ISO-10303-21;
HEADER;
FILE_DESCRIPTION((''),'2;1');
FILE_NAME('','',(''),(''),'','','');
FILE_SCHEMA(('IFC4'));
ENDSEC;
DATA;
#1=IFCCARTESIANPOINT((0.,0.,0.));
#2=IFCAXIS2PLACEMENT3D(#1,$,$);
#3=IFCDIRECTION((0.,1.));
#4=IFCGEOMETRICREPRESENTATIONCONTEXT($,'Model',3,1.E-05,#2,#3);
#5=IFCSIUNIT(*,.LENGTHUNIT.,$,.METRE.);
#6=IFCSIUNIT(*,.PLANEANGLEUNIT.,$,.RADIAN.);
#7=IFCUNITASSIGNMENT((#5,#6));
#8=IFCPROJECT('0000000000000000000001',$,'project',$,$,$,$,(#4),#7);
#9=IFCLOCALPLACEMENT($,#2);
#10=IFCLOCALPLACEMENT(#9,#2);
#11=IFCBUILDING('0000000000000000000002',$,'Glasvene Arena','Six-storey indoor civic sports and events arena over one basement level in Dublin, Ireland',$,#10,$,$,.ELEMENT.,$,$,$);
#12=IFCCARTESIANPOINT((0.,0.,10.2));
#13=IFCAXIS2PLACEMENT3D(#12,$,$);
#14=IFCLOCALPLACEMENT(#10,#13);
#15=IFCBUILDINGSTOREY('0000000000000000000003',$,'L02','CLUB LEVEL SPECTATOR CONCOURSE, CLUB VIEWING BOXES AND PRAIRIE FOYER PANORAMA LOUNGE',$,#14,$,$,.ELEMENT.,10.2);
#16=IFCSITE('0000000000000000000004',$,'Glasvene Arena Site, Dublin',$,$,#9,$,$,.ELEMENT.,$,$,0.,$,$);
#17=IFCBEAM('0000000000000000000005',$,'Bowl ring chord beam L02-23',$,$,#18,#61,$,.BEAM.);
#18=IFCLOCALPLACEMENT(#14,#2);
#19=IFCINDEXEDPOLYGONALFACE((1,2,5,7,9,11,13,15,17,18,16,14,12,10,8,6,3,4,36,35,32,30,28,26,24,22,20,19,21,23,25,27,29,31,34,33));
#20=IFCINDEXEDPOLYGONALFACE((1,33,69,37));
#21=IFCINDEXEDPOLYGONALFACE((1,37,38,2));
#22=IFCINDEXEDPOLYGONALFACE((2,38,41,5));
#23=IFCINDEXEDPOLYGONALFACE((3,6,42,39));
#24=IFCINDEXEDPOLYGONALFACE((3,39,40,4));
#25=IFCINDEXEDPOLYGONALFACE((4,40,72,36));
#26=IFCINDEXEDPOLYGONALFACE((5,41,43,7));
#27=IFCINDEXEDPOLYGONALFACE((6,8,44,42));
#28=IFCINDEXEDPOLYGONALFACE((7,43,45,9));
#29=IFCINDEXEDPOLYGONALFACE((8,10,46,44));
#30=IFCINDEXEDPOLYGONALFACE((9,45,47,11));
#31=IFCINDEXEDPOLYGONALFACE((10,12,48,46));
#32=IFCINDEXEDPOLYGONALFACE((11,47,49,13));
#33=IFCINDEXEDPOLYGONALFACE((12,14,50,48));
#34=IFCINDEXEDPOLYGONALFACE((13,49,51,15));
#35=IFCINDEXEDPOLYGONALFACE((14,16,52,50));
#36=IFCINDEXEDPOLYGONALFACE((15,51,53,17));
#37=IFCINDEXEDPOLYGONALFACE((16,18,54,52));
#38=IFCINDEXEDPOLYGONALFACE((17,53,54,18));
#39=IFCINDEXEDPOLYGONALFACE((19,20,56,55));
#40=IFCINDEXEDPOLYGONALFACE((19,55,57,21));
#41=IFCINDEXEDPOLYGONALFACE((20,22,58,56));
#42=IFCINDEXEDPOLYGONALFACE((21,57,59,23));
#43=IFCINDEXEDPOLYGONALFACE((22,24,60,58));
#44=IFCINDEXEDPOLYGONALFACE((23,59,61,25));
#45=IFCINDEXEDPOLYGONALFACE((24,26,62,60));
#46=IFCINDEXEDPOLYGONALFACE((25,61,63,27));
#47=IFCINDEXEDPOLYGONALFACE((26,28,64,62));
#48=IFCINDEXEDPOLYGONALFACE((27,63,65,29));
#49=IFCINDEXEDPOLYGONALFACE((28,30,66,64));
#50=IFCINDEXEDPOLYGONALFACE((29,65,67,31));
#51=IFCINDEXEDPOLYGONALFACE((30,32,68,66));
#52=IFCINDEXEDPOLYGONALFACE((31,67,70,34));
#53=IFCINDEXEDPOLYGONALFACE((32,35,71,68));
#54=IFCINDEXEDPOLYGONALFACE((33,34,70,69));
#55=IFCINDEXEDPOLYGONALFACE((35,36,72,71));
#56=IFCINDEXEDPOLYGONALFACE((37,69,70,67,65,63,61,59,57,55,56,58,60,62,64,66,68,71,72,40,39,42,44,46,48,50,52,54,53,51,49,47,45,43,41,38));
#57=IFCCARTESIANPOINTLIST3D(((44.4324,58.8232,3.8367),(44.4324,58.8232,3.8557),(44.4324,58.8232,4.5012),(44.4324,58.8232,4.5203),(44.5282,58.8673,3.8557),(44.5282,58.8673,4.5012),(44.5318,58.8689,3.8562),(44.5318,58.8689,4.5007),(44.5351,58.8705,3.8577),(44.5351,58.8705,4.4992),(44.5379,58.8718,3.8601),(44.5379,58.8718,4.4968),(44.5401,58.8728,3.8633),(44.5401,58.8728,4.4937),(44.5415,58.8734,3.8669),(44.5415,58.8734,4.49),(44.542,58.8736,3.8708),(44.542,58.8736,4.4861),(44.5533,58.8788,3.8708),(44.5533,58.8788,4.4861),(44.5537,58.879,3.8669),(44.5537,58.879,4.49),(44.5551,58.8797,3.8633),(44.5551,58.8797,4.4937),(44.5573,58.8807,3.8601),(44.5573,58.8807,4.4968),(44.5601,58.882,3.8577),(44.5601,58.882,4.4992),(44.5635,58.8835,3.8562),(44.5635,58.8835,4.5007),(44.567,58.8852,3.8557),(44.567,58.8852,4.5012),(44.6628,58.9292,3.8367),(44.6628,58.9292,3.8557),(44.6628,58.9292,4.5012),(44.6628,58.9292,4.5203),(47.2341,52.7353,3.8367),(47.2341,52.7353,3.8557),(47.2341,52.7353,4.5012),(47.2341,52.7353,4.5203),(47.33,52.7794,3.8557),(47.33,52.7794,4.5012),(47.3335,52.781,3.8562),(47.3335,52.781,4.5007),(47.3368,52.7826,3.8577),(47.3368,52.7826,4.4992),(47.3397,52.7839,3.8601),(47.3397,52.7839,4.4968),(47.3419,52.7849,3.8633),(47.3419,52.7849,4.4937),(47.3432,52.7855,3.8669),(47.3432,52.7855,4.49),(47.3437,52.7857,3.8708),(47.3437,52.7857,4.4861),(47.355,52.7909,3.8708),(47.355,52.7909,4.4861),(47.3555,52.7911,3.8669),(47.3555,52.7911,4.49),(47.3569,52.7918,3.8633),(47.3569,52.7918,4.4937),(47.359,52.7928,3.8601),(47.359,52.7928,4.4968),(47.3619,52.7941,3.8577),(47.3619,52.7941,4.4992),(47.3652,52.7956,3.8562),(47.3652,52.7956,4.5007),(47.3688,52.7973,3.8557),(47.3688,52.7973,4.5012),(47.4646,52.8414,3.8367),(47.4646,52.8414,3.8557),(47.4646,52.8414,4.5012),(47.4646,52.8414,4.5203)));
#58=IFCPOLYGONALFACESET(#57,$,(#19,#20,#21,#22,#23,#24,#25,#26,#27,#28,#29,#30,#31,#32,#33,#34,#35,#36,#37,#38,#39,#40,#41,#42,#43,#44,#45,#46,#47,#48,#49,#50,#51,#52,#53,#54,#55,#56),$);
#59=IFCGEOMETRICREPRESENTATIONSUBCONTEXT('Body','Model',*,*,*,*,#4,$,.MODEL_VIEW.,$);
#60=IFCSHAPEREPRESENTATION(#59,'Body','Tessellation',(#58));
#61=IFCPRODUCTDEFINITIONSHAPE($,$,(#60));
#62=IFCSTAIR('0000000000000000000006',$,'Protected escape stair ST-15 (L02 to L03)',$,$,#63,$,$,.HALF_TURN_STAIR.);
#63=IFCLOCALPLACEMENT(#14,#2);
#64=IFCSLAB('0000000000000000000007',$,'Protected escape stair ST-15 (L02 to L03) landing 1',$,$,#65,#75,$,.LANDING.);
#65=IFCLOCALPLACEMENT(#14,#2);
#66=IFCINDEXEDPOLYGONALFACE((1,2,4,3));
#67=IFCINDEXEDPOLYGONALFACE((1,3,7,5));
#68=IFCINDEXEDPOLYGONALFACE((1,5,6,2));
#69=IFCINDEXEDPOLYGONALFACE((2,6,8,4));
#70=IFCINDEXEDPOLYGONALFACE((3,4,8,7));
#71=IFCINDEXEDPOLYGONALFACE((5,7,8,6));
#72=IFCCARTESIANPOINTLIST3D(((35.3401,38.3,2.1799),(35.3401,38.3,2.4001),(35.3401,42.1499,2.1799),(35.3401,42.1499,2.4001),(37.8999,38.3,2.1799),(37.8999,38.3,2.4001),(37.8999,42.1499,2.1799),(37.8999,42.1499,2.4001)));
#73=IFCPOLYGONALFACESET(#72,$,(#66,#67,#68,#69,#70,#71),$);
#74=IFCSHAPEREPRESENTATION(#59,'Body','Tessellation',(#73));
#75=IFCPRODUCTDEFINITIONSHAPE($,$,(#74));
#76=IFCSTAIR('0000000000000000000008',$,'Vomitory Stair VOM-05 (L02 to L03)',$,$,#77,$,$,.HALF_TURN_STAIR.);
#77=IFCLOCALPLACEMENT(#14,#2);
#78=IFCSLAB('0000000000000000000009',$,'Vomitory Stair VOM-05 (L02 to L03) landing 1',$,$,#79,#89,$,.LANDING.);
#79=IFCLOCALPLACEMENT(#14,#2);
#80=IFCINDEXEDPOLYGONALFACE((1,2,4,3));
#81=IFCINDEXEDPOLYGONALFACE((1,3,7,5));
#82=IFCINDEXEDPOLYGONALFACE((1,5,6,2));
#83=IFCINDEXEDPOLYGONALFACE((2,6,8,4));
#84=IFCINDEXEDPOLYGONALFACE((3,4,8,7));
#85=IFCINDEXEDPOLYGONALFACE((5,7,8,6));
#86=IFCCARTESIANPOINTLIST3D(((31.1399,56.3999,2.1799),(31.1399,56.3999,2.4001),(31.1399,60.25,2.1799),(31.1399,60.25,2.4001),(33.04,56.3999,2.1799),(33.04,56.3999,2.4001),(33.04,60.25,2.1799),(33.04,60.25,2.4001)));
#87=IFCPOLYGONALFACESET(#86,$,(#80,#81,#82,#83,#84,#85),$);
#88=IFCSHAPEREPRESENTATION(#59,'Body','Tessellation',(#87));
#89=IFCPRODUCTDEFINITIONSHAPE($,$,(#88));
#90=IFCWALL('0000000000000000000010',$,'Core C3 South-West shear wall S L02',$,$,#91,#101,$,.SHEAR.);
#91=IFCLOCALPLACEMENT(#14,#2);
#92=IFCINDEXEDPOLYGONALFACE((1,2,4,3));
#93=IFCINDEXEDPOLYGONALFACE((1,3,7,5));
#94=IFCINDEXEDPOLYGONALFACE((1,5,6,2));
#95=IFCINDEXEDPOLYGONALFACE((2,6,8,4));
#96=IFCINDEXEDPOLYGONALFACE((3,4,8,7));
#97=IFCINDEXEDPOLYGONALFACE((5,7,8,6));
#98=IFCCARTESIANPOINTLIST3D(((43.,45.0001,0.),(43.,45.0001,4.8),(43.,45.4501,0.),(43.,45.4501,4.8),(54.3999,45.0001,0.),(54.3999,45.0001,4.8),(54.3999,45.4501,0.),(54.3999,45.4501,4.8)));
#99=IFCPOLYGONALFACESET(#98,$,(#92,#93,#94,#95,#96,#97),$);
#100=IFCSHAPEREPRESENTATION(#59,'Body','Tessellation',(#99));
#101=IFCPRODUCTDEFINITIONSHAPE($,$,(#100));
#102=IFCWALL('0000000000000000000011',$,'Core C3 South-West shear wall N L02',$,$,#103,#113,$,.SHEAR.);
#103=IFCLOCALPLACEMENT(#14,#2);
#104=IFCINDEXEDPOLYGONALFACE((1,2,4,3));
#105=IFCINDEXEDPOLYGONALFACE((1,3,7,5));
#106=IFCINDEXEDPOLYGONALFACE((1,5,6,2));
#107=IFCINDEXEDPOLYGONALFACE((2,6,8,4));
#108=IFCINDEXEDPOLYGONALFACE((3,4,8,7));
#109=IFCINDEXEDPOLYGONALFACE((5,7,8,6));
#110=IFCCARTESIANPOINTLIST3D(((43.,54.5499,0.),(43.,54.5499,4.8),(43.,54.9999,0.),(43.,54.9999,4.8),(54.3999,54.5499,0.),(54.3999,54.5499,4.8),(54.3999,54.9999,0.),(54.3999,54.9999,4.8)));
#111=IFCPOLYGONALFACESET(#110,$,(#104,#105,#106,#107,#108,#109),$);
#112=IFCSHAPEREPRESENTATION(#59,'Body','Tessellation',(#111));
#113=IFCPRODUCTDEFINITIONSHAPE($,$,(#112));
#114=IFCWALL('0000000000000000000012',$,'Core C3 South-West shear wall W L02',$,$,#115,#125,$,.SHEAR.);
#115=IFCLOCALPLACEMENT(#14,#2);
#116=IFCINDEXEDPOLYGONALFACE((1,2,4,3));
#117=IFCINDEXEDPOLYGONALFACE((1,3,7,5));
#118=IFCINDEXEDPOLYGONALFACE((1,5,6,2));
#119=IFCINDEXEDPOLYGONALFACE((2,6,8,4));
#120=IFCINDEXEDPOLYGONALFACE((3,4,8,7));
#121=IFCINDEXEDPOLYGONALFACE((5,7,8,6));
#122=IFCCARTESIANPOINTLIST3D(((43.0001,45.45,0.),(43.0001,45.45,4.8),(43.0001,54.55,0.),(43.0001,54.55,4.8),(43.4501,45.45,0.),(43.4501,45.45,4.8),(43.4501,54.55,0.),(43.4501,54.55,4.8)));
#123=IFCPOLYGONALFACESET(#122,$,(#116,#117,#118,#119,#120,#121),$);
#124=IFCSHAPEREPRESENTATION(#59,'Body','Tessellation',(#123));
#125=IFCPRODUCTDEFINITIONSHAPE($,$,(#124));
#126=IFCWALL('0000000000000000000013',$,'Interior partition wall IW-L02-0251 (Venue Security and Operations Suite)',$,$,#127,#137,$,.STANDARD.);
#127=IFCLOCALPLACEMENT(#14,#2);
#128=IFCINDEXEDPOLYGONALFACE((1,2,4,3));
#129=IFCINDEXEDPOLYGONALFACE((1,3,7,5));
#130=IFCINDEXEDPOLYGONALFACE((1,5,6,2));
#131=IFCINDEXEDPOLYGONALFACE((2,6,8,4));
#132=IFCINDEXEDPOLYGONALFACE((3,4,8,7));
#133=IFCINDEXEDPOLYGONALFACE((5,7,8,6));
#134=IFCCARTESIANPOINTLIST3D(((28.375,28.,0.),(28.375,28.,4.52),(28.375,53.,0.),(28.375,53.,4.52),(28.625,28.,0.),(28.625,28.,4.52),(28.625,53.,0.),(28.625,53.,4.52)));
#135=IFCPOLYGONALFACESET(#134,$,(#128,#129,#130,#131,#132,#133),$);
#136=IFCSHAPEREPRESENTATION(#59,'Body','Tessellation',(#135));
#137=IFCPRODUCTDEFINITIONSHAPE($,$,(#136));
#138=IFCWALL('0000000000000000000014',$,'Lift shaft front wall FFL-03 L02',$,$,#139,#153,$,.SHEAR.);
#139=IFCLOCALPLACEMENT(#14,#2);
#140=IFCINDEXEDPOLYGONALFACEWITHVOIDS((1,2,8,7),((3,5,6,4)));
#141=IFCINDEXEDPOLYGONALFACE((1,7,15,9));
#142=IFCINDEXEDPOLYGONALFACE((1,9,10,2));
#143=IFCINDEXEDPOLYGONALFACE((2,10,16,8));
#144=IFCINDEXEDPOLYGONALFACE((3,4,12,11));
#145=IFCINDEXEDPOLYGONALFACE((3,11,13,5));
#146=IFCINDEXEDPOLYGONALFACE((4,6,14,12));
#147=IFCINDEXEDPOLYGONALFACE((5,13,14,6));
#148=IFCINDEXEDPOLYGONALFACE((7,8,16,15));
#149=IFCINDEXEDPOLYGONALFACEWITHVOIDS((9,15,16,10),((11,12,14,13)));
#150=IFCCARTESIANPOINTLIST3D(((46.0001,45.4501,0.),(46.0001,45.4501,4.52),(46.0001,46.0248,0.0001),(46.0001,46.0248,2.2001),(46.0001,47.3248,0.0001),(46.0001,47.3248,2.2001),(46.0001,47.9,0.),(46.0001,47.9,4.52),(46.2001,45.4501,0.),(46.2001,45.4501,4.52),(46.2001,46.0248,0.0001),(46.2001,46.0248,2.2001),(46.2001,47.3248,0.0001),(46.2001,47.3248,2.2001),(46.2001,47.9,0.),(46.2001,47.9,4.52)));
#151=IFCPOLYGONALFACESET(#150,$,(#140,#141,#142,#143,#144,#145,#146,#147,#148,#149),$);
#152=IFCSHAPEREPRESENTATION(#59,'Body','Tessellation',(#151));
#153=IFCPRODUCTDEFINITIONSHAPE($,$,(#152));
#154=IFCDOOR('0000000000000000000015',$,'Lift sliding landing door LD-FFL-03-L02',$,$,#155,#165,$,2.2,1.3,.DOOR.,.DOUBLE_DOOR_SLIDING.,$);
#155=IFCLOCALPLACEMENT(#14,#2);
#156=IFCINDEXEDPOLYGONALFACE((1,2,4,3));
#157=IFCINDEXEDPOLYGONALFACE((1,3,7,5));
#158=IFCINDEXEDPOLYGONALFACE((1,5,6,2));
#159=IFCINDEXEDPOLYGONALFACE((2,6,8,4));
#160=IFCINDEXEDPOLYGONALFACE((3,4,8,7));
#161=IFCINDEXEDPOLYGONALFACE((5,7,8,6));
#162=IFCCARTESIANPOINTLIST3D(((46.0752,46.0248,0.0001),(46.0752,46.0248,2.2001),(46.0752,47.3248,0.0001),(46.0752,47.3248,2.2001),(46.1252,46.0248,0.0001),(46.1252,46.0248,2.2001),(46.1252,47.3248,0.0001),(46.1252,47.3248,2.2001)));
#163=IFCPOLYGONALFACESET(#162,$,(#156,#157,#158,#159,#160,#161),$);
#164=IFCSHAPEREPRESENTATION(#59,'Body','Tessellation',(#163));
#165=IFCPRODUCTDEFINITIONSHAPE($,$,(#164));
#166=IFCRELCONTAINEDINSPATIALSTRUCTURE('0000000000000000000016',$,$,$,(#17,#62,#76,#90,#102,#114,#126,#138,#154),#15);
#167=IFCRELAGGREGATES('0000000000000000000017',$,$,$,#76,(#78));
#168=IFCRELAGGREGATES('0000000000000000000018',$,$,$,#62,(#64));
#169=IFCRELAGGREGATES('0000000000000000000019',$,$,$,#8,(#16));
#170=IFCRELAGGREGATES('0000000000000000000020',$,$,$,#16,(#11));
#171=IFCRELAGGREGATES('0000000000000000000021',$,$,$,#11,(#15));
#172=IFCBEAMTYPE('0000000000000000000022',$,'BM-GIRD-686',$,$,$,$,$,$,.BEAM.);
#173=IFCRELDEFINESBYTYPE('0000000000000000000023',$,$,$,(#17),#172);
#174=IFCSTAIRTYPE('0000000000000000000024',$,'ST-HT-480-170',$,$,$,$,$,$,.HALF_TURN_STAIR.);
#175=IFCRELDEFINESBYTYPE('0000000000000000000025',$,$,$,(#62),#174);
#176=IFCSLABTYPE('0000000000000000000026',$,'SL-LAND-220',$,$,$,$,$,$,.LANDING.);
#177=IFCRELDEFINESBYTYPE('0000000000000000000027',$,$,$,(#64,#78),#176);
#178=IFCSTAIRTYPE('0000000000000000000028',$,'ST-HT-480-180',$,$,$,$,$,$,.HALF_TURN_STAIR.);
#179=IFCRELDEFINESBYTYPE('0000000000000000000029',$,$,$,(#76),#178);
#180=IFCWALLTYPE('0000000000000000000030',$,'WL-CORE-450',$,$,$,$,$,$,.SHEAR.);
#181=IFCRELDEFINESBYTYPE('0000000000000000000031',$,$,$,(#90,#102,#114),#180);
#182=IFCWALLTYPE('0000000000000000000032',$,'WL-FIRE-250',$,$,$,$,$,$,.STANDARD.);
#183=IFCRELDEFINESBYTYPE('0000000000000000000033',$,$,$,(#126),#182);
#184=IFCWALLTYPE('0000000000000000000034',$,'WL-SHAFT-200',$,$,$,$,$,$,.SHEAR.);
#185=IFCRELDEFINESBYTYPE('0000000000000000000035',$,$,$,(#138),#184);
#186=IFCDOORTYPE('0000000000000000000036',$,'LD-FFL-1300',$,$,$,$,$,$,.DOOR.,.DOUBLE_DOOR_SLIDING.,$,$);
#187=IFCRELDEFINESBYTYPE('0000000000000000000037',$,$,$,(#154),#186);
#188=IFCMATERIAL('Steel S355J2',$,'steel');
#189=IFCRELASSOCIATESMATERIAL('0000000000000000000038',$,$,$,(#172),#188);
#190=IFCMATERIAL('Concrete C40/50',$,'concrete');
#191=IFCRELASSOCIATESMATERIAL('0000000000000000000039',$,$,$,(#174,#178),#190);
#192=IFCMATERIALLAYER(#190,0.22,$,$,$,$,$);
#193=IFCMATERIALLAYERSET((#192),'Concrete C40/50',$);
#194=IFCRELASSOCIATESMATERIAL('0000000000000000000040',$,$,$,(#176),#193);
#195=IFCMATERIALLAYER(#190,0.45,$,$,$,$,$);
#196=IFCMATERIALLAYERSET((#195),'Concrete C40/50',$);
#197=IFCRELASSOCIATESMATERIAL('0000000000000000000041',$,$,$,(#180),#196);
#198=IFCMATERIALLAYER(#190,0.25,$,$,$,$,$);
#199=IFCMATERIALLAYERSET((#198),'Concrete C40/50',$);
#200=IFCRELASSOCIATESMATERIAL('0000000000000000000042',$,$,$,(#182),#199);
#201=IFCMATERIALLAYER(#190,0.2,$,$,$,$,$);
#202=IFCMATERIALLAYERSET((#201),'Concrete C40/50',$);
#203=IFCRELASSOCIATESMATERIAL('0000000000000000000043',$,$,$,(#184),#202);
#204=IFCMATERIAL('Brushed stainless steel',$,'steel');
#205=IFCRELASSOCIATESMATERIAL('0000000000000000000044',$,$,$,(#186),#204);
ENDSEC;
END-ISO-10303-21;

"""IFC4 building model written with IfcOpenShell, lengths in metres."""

from ifc_helpers import new_model, si_unit, direction, frame, frame_2d, origin, origin_2d, place, context, subcontext, project, spatial, polyline, rectangle, i_section, outline, extrude, material, layer, layer_set, material_profile, profile_set, type_object, element, fill, aggregate, save


model = new_model("IFC4")

# Units and contexts
model_context = context("Model", 3, precision=1e-05, world=origin(), true_north=direction((0.0, 1.0)))
body_context = subcontext(model_context, "Body", "Model", "MODEL_VIEW")
ifc_project = project(units=[si_unit("LENGTHUNIT", "METRE"), si_unit("PLANEANGLEUNIT", "RADIAN")], contexts=[model_context])

# Site, building, storey
site_placement = place(None, origin())
site = spatial("IfcSite", under=ifc_project, at=site_placement, Name="Glasvene Arena Site, Dublin", CompositionType="ELEMENT", RefElevation=0.0)
building_placement = place(site_placement, origin())
building = spatial("IfcBuilding", under=site, at=building_placement, Name="Glasvene Arena", Description="Six-storey indoor civic sports and events arena over one basement level in Dublin, Ireland", CompositionType="ELEMENT")
storey_placement = place(building_placement, frame((0.0, 0.0, 10.2)))
storey = spatial("IfcBuildingStorey", under=building, at=storey_placement, Name="L02", Description="CLUB LEVEL SPECTATOR CONCOURSE, CLUB VIEWING BOXES AND PRAIRIE FOYER PANORAMA LOUNGE", CompositionType="ELEMENT", Elevation=10.2)

# Shared definitions
ifc_material_1 = material(Name="Steel S355J2", Category="steel")

# Beam
ifc_material_profile_1 = material_profile(ifc_material_1, i_section(OverallWidth=0.2537, OverallDepth=0.6836, WebThickness=0.0125, FlangeThickness=0.019, FilletRadius=0.0151, at=origin_2d()), Name="UKB 686x254x140")
ifc_profile_set_1 = profile_set([ifc_material_profile_1], Name="Steel S355J2")
beam_type_1 = type_object("IfcBeamType", Name="BM-GIRD-686", PredefinedType="BEAM", material=ifc_profile_set_1)
beam_1_placement = place(storey_placement, frame((44.5476, 58.8762, 4.1785), z_axis=(0.418069, -0.908415, 0.0), x_axis=(0.908415, 0.418069, 0.0)))
element("IfcBeam", 1, at=beam_1_placement, inside=storey, type_object=beam_type_1, Name="Bowl ring chord beam L02-23", PredefinedType="BEAM", context=body_context, shape_type="SweptSolid", body=[
    extrude(i_section(OverallWidth=0.2537, OverallDepth=0.6836, WebThickness=0.0125, FlangeThickness=0.019, FilletRadius=0.0151, at=origin_2d()), origin(), (0.0, 0.0, 1.0), 6.7017),
])

# Shared definitions
ifc_material_2 = material(Name="Concrete C40/50", Category="concrete")

# Stairs, slabs
stair_type_1 = type_object("IfcStairType", Name="ST-HT-480-170", PredefinedType="HALF_TURN_STAIR", material=ifc_material_2)
stair_1_placement = place(storey_placement, origin())
stair_1 = element("IfcStair", 2, at=stair_1_placement, inside=storey, type_object=stair_type_1, Name="Protected escape stair ST-15 (L02 to L03)", PredefinedType="HALF_TURN_STAIR")
ifc_layer_1 = layer(ifc_material_2, 0.22)
ifc_layer_set_1 = layer_set([ifc_layer_1], Name="Concrete C40/50")
slab_type_1 = type_object("IfcSlabType", Name="SL-LAND-220", PredefinedType="LANDING", material=ifc_layer_set_1)
slab_1_placement = place(storey_placement, frame((36.6201, 40.2251, 2.1799)))
slab_1 = element("IfcSlab", 3, at=slab_1_placement, type_object=slab_type_1, Name="Protected escape stair ST-15 (L02 to L03) landing 1", PredefinedType="LANDING", context=body_context, shape_type="SweptSolid", body=[
    extrude(outline(polyline([(-1.28, -1.925), (1.2798, -1.925), (1.2798, 1.9248), (-1.28, 1.9248), (-1.28, -1.925)])), origin(), (0.0, 0.0, 1.0), 0.2202),
])
stair_type_2 = type_object("IfcStairType", Name="ST-HT-480-180", PredefinedType="HALF_TURN_STAIR", material=ifc_material_2)
stair_2_placement = place(storey_placement, origin())
stair_2 = element("IfcStair", 4, at=stair_2_placement, inside=storey, type_object=stair_type_2, Name="Vomitory Stair VOM-05 (L02 to L03)", PredefinedType="HALF_TURN_STAIR")
slab_2_placement = place(storey_placement, frame((32.0901, 58.325, 2.1799)))
slab_2 = element("IfcSlab", 5, at=slab_2_placement, type_object=slab_type_1, Name="Vomitory Stair VOM-05 (L02 to L03) landing 1", PredefinedType="LANDING", context=body_context, shape_type="SweptSolid", body=[
    extrude(outline(polyline([(-0.9502, -1.925), (0.95, -1.925), (0.95, 1.925), (-0.9502, 1.925), (-0.9502, -1.925)])), origin(), (0.0, 0.0, 1.0), 0.2202),
])
aggregate(stair_2, [slab_2])

# Walls
ifc_layer_2 = layer(ifc_material_2, 0.45)
ifc_layer_set_2 = layer_set([ifc_layer_2], Name="Concrete C40/50")
wall_type_1 = type_object("IfcWallType", Name="WL-CORE-450", PredefinedType="SHEAR", material=ifc_layer_set_2)
for number, where, z_axis, x_axis, name in (
    (6, (43.0, 45.2251, 0.0), (0.0, 0.0, 1.0), (1.0, 0.0, 0.0), "Core C3 South-West shear wall S L02"),
    (7, (43.0, 54.7749, 0.0), (0.0, 0.0, 1.0), (1.0, 0.0, 0.0), "Core C3 South-West shear wall N L02"),
):
    element("IfcWall", number, at=place(storey_placement, frame(where, z_axis=z_axis, x_axis=x_axis)), inside=storey, type_object=wall_type_1, Name=name, PredefinedType="SHEAR", context=body_context, shape_type="SweptSolid", body=[
        extrude(rectangle(XDim=11.3999, YDim=0.45, at=frame_2d((5.7, 0.0))), origin(), (0.0, 0.0, 1.0), 4.8),
    ])
wall_1_placement = place(storey_placement, frame((43.2251, 45.45, 0.0), z_axis=(0.0, 0.0, 1.0), x_axis=(0.0, 1.0, 0.0)))
element("IfcWall", 8, at=wall_1_placement, inside=storey, type_object=wall_type_1, Name="Core C3 South-West shear wall W L02", PredefinedType="SHEAR", context=body_context, shape_type="SweptSolid", body=[
    extrude(rectangle(XDim=9.1001, YDim=0.45, at=frame_2d((4.55, 0.0))), origin(), (0.0, 0.0, 1.0), 4.8),
])
ifc_layer_3 = layer(ifc_material_2, 0.25)
ifc_layer_set_3 = layer_set([ifc_layer_3], Name="Concrete C40/50")
wall_type_2 = type_object("IfcWallType", Name="WL-FIRE-250", PredefinedType="STANDARD", material=ifc_layer_set_3)
wall_2_placement = place(storey_placement, frame((28.5, 53.0, 0.0), z_axis=(0.0, 0.0, 1.0), x_axis=(0.0, -1.0, 0.0)))
element("IfcWall", 9, at=wall_2_placement, inside=storey, type_object=wall_type_2, Name="Interior partition wall IW-L02-0251 (Venue Security and Operations Suite)", PredefinedType="STANDARD", context=body_context, shape_type="SweptSolid", body=[
    extrude(rectangle(XDim=25.0, YDim=0.25, at=frame_2d((12.5, 0.0))), origin(), (0.0, 0.0, 1.0), 4.52),
])

# Wall, opening, door
ifc_layer_4 = layer(ifc_material_2, 0.2)
ifc_layer_set_4 = layer_set([ifc_layer_4], Name="Concrete C40/50")
wall_type_3 = type_object("IfcWallType", Name="WL-SHAFT-200", PredefinedType="SHEAR", material=ifc_layer_set_4)
wall_3_placement = place(storey_placement, frame((46.1001, 45.45, 0.0), z_axis=(0.0, 0.0, 1.0), x_axis=(0.0, 1.0, 0.0)))
wall_3 = element("IfcWall", 10, at=wall_3_placement, inside=storey, type_object=wall_type_3, Name="Lift shaft front wall FFL-03 L02", PredefinedType="SHEAR", context=body_context, shape_type="SweptSolid", body=[
    extrude(rectangle(XDim=2.45, YDim=0.2, at=frame_2d((1.2251, 0.0))), origin(), (0.0, 0.0, 1.0), 4.52),
])
opening_1_placement = place(wall_3_placement, frame((0.575, 0.0, 0.0)))
opening_1 = element("IfcOpeningElement", 11, at=opening_1_placement, cuts=wall_3, PredefinedType="OPENING", context=body_context, shape_type="SweptSolid", body=[
    extrude(rectangle(XDim=1.3, YDim=2.2, at=frame_2d((0.6499, 1.1001))), frame((0.0, 0.1099, 0.0), z_axis=(0.0, -1.0, 0.0), x_axis=(1.0, 0.0, 0.0)), (0.0, 0.0, 1.0), 0.22),
])
ifc_material_3 = material(Name="Brushed stainless steel", Category="steel")
door_type_1 = type_object("IfcDoorType", Name="LD-FFL-1300", OperationType="DOUBLE_DOOR_SLIDING", PredefinedType="DOOR", material=ifc_material_3)
door_1_placement = place(opening_1_placement, origin())
door_1 = element("IfcDoor", 12, at=door_1_placement, inside=storey, type_object=door_type_1, Name="Lift sliding landing door LD-FFL-03-L02", OperationType="DOUBLE_DOOR_SLIDING", OverallHeight=2.2, OverallWidth=1.3, PredefinedType="DOOR", context=body_context, shape_type="SweptSolid", body=[
    extrude(rectangle(XDim=1.3, YDim=2.2, at=frame_2d((0.6499, 1.1001))), frame((0.0, 0.0249, 0.0), z_axis=(0.0, -1.0, 0.0), x_axis=(1.0, 0.0, 0.0)), (0.0, 0.0, 1.0), 0.05),
])
fill(opening_1, door_1)

aggregate(stair_1, [slab_1])

save(model, "model.ifc")
